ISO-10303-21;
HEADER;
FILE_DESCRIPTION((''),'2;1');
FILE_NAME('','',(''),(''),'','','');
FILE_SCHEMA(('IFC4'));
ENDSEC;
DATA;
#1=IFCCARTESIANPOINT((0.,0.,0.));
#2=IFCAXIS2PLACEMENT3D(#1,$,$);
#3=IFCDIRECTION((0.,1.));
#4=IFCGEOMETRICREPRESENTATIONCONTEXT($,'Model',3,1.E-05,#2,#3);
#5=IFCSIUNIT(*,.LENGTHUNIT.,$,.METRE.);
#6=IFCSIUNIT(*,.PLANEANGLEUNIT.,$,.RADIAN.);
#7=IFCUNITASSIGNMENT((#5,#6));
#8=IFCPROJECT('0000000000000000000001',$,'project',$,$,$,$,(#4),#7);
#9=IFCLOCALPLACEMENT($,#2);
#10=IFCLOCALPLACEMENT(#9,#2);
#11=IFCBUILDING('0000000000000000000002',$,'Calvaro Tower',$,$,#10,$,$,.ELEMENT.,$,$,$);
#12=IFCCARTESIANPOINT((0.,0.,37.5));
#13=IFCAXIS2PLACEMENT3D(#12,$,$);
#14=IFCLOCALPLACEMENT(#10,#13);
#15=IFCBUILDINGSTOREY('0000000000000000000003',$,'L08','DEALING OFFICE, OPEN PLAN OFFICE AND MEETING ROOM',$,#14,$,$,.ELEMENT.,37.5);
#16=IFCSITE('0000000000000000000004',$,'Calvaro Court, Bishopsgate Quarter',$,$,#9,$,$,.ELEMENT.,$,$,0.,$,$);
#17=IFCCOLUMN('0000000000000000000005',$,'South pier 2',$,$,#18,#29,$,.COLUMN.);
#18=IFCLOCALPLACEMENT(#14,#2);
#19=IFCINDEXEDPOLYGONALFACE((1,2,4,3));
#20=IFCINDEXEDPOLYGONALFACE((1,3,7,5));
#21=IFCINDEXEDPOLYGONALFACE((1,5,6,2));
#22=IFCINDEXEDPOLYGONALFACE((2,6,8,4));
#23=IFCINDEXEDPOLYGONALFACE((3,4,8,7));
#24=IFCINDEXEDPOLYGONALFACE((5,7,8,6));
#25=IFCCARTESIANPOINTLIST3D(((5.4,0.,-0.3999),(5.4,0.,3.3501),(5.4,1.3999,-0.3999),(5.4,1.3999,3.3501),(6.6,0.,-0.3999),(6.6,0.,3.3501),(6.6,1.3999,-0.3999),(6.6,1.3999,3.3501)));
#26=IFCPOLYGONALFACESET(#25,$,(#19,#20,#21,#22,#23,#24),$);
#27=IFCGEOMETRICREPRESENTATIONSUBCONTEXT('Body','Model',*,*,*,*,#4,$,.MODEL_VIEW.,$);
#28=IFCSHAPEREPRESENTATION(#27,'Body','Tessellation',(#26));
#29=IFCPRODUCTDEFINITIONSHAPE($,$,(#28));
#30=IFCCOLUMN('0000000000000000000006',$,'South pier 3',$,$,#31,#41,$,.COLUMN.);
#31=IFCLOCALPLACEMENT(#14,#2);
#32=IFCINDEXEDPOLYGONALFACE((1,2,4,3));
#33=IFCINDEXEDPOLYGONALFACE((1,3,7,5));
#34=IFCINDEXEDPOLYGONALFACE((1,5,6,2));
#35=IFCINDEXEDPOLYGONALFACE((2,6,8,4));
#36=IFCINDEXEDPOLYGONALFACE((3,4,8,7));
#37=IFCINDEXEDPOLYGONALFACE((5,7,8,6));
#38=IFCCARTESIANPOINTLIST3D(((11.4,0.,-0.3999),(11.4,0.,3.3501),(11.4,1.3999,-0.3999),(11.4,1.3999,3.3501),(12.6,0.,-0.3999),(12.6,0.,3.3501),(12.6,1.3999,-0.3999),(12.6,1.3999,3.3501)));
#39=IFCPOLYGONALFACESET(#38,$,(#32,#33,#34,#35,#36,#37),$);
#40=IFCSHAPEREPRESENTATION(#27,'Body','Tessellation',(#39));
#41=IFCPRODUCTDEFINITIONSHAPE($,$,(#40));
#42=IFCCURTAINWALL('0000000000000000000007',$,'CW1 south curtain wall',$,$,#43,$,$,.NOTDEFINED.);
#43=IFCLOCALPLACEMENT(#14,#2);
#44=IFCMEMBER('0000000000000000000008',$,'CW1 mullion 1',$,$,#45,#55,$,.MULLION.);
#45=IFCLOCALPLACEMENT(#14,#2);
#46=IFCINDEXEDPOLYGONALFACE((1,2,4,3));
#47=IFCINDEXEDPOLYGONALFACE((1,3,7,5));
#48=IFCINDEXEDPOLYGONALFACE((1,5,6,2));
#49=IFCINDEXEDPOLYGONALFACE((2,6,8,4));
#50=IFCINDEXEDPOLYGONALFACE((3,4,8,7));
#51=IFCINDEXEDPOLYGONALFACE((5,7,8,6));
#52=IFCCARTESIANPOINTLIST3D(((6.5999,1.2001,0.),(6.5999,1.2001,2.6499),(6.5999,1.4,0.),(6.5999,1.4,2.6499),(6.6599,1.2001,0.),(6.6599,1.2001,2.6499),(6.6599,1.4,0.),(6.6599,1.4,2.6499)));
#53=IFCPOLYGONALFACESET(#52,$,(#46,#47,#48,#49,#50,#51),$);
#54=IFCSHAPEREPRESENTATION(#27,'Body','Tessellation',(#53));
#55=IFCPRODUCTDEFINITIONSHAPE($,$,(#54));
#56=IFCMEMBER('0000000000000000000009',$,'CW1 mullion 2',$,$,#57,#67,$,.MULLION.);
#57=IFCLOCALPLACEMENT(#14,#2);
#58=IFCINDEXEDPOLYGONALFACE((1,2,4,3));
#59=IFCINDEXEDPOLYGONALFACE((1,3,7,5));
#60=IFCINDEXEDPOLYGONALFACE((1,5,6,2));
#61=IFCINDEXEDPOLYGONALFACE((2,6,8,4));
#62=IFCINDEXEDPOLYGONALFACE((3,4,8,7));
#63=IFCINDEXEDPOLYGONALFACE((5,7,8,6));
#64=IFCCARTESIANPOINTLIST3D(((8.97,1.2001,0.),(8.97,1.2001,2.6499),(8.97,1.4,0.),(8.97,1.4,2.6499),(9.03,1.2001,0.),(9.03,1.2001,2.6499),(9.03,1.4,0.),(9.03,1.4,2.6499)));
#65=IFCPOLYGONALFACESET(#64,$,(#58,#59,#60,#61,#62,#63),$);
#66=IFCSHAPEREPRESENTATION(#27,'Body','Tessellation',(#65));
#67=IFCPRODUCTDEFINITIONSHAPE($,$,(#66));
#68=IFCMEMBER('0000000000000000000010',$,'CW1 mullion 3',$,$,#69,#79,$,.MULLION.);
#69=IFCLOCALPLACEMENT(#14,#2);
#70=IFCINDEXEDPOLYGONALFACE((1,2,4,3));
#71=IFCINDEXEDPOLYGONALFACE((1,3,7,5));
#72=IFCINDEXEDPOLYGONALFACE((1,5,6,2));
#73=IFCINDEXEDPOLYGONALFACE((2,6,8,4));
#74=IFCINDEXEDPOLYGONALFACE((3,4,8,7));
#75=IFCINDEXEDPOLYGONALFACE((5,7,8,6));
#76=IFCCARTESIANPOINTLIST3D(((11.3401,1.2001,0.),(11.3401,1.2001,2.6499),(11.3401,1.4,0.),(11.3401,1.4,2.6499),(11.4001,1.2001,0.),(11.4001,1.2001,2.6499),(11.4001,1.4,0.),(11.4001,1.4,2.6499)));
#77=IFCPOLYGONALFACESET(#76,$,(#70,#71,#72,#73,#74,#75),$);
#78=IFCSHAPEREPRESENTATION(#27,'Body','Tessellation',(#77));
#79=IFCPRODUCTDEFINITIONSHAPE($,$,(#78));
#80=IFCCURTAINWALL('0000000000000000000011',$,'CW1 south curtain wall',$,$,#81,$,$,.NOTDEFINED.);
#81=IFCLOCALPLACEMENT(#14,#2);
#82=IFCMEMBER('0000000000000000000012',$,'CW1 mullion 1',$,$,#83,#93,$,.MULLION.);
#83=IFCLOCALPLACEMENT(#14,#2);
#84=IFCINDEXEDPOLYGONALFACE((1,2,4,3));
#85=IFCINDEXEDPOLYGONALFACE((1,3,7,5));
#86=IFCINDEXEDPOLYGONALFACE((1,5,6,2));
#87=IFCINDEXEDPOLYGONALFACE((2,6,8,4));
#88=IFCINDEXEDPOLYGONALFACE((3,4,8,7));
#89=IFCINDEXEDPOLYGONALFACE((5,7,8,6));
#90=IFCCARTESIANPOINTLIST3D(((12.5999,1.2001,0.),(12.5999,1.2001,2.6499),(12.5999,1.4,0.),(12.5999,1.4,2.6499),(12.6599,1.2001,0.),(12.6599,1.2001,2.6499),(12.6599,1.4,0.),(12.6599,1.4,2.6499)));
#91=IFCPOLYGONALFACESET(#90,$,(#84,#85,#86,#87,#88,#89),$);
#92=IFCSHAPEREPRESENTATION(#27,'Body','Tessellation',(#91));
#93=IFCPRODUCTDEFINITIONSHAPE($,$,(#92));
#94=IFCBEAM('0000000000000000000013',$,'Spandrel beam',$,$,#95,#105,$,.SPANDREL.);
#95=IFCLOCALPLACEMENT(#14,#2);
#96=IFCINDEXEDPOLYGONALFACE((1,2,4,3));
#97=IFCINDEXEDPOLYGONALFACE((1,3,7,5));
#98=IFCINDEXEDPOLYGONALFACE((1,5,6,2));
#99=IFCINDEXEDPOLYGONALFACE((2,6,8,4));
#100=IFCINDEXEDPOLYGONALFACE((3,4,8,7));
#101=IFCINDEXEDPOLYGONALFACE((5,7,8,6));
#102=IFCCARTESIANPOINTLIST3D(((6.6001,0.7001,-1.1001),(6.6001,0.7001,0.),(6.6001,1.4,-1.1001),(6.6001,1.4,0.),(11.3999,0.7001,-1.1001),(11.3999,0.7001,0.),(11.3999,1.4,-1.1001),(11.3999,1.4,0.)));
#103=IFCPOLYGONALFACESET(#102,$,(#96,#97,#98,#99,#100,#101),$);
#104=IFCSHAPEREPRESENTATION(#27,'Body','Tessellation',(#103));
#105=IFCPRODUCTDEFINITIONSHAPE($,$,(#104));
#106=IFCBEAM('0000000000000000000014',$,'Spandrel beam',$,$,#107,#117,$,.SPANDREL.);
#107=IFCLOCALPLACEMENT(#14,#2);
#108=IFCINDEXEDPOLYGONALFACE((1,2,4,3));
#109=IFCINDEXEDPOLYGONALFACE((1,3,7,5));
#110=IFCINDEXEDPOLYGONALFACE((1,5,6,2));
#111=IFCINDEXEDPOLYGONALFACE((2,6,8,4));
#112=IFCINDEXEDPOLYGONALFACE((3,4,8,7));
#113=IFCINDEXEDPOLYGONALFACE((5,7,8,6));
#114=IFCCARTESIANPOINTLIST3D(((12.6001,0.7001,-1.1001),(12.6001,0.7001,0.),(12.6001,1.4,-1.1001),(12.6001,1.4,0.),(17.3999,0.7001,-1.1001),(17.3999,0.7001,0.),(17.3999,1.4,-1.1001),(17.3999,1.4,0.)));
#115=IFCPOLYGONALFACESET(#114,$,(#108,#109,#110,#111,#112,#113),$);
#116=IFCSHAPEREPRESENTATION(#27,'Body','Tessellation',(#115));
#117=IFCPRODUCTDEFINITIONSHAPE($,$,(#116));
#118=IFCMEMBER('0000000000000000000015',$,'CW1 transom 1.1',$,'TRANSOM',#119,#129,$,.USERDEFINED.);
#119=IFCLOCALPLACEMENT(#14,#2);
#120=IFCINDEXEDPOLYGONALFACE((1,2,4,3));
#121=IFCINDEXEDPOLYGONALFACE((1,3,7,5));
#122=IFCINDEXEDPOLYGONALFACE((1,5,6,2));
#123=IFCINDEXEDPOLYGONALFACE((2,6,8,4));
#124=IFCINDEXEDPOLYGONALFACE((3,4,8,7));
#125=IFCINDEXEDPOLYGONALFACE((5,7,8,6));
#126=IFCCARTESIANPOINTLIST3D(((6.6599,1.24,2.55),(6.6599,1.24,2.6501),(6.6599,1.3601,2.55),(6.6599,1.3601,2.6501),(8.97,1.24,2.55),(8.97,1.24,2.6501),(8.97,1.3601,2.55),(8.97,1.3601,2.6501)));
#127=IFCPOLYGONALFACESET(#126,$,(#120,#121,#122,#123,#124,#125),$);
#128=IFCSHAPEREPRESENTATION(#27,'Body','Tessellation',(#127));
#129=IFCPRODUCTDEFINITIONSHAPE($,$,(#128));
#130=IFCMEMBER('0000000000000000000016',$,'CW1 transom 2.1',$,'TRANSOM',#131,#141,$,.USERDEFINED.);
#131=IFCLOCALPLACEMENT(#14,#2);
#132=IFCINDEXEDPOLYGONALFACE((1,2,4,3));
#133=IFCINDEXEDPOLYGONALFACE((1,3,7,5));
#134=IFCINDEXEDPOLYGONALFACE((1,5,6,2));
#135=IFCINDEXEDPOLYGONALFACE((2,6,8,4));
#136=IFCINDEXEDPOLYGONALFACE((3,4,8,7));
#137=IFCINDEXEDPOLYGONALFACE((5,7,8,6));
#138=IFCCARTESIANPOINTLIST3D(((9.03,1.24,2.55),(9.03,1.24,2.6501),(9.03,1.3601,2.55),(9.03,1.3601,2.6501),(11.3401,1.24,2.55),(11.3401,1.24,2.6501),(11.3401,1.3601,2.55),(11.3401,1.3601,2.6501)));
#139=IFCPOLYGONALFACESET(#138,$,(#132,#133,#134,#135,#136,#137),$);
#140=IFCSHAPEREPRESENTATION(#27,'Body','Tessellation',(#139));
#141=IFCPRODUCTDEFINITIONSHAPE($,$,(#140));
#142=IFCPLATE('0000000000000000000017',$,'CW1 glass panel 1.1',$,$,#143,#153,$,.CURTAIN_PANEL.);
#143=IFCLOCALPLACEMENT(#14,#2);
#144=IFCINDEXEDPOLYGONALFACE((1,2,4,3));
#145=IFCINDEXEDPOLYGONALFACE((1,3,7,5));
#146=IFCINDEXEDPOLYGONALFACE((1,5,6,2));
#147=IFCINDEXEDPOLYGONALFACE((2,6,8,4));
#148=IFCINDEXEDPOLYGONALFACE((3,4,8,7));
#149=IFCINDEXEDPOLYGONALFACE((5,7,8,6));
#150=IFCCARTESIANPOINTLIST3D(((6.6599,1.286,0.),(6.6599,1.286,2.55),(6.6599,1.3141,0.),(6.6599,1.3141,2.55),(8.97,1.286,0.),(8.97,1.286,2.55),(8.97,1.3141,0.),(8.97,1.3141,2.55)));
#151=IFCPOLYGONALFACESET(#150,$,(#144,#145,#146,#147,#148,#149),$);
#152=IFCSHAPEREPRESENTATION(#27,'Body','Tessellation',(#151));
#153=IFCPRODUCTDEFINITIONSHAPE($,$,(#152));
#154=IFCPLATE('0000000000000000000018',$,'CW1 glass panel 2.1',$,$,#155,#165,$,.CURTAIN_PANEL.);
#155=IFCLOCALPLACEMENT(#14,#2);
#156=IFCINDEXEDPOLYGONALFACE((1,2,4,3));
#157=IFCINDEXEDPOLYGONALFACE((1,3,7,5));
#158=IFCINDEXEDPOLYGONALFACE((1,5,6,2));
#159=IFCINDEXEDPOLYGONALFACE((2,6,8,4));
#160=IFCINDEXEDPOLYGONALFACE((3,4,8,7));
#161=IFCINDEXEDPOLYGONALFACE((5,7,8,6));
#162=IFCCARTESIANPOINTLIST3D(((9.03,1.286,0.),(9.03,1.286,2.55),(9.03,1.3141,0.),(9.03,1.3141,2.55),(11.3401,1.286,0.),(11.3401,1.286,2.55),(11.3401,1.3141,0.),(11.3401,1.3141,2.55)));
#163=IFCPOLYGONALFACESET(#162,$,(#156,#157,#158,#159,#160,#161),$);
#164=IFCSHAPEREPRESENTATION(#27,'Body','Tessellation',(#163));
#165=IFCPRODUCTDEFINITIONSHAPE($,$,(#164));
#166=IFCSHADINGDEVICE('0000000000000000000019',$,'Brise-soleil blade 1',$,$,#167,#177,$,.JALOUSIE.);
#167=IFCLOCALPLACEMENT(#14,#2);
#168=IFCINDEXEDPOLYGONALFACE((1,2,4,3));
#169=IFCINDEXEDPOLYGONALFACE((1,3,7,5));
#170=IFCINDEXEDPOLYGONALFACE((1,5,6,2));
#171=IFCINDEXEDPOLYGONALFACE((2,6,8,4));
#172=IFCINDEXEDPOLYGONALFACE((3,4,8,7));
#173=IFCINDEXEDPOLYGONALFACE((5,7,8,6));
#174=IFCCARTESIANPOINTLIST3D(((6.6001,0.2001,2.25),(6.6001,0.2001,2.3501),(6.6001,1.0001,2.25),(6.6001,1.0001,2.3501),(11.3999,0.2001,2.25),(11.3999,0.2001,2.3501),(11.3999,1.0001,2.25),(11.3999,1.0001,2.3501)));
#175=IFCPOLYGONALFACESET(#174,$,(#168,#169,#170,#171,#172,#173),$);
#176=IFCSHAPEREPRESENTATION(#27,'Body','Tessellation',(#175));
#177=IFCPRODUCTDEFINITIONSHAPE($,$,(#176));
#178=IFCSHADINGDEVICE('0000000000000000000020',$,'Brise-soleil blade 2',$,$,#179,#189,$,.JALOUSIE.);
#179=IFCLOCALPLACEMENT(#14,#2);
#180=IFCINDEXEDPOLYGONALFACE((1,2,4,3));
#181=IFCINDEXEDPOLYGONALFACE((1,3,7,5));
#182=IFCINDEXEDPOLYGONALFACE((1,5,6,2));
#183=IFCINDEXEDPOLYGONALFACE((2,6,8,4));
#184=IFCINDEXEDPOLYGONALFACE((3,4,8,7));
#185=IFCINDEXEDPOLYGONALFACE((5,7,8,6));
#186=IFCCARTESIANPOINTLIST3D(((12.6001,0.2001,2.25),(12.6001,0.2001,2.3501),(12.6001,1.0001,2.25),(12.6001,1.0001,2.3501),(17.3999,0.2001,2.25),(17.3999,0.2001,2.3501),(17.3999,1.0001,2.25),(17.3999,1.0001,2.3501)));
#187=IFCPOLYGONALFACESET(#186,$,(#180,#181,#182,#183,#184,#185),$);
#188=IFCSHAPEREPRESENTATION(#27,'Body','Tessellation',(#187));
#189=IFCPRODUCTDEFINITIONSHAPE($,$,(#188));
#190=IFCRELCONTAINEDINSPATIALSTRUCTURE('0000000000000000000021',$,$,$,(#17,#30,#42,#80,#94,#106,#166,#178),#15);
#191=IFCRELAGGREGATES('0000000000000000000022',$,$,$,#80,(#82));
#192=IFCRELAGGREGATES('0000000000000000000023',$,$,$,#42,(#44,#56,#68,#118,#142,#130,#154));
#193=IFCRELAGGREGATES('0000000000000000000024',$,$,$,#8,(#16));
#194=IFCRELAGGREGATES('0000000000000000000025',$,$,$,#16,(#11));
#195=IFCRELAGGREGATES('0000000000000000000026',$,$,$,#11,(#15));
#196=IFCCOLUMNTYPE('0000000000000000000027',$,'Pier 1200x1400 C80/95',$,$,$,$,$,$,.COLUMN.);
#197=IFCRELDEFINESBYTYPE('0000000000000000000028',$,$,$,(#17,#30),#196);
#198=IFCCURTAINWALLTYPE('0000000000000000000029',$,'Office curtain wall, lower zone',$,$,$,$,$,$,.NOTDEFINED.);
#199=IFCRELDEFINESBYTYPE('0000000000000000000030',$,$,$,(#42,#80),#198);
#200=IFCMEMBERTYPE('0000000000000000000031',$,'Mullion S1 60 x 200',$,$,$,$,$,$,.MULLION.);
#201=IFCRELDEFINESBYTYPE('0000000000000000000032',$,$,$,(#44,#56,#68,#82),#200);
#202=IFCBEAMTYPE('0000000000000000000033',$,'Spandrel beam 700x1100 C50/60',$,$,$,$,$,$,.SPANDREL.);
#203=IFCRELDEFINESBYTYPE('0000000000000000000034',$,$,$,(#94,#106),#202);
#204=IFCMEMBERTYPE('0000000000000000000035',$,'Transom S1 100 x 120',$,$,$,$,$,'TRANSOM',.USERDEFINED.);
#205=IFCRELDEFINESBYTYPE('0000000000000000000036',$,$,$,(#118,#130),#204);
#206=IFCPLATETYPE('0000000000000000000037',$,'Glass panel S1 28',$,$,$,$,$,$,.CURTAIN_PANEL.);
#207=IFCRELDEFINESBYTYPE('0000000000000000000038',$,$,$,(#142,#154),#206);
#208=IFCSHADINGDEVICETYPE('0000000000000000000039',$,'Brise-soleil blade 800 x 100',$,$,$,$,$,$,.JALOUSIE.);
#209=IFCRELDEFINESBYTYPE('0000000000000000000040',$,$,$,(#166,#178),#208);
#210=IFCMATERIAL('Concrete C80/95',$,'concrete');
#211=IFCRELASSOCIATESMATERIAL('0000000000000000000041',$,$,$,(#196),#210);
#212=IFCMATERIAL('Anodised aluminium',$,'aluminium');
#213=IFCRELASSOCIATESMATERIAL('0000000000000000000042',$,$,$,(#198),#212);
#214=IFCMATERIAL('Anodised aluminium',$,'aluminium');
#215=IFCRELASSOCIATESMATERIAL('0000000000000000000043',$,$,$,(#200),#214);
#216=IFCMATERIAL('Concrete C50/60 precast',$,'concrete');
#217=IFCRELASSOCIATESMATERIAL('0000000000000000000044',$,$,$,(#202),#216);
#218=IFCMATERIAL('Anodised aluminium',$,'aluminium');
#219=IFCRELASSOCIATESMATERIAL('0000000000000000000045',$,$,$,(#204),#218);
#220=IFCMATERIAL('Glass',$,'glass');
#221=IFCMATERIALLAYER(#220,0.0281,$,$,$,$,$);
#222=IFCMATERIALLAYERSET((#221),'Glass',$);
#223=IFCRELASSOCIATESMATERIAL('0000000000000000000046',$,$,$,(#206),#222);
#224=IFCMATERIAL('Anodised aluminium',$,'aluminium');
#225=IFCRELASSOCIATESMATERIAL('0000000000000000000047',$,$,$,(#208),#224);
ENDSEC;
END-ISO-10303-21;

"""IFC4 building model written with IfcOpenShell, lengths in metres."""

from ifc_helpers import new_model, si_unit, direction, frame, origin, origin_2d, place, context, subcontext, project, spatial, rectangle, extrude, material, layer, layer_set, material_profile, profile_set, type_object, element, aggregate, save


model = new_model("IFC4")

# Units and contexts
model_context = context("Model", 3, precision=1e-05, world=origin(), true_north=direction((0.0, 1.0)))
body_context = subcontext(model_context, "Body", "Model", "MODEL_VIEW")
ifc_project = project(units=[si_unit("LENGTHUNIT", "METRE"), si_unit("PLANEANGLEUNIT", "RADIAN")], contexts=[model_context])

# Site, building, storey
site_placement = place(None, origin())
site = spatial("IfcSite", under=ifc_project, at=site_placement, Name="Calvaro Court, Bishopsgate Quarter", CompositionType="ELEMENT", RefElevation=0.0)
building_placement = place(site_placement, origin())
building = spatial("IfcBuilding", under=site, at=building_placement, Name="Calvaro Tower", CompositionType="ELEMENT")
storey_placement = place(building_placement, frame((0.0, 0.0, 37.5)))
storey = spatial("IfcBuildingStorey", under=building, at=storey_placement, Name="L08", Description="DEALING OFFICE, OPEN PLAN OFFICE AND MEETING ROOM", CompositionType="ELEMENT", Elevation=37.5)

# Columns
ifc_material_1 = material(Name="Concrete C80/95", Category="concrete")
ifc_material_profile_1 = material_profile(ifc_material_1, rectangle(XDim=1.2, YDim=1.3999, at=origin_2d()), Name="RC 1200x1400")
ifc_profile_set_1 = profile_set([ifc_material_profile_1], Name="Concrete C80/95")
column_type = type_object("IfcColumnType", Name="Pier 1200x1400 C80/95", PredefinedType="COLUMN", material=ifc_profile_set_1)
for number, where, z_axis, x_axis, name in (
    (1, (6.0, 0.7, -0.3999), (0.0, 0.0, 1.0), (1.0, 0.0, 0.0), "South pier 2"),
    (2, (12.0, 0.7, -0.3999), (0.0, 0.0, 1.0), (1.0, 0.0, 0.0), "South pier 3"),
):
    element("IfcColumn", number, at=place(storey_placement, frame(where, z_axis=z_axis, x_axis=x_axis)), inside=storey, type_object=column_type, Name=name, PredefinedType="COLUMN", context=body_context, shape_type="SweptSolid", body=[
        extrude(rectangle(XDim=1.2, YDim=1.3999, at=origin_2d()), origin(), (0.0, 0.0, 1.0), 3.75),
    ])

# Curtain wall, members
ifc_material_2 = material(Name="Anodised aluminium", Category="aluminium")
curtain_wall_type = type_object("IfcCurtainWallType", Name="Office curtain wall, lower zone", PredefinedType="NOTDEFINED", material=ifc_material_2)
curtain_wall_1_placement = place(storey_placement, origin())
curtain_wall_1 = element("IfcCurtainWall", 3, at=curtain_wall_1_placement, inside=storey, type_object=curtain_wall_type, Name="CW1 south curtain wall", PredefinedType="NOTDEFINED")
ifc_material_3 = material(Name="Anodised aluminium", Category="aluminium")
ifc_material_profile_2 = material_profile(ifc_material_3, rectangle(XDim=0.2, YDim=0.0601, at=origin_2d()), Name="Mullion S1 60 x 200")
ifc_profile_set_2 = profile_set([ifc_material_profile_2], Name="Anodised aluminium")
member_type_1 = type_object("IfcMemberType", Name="Mullion S1 60 x 200", PredefinedType="MULLION", material=ifc_profile_set_2)
member_1_placement = place(storey_placement, frame((6.6299, 1.3, 0.0), z_axis=(0.0, 0.0, 1.0), x_axis=(0.0, 1.0, 0.0)))
member_1 = element("IfcMember", 4, at=member_1_placement, type_object=member_type_1, Name="CW1 mullion 1", PredefinedType="MULLION", context=body_context, shape_type="SweptSolid", body=[
    extrude(rectangle(XDim=0.2, YDim=0.0601, at=origin_2d()), origin(), (0.0, 0.0, 1.0), 2.6499),
])
member_2_placement = place(storey_placement, frame((9.0, 1.3, 0.0), z_axis=(0.0, 0.0, 1.0), x_axis=(0.0, 1.0, 0.0)))
member_2 = element("IfcMember", 5, at=member_2_placement, type_object=member_type_1, Name="CW1 mullion 2", PredefinedType="MULLION", context=body_context, shape_type="SweptSolid", body=[
    extrude(rectangle(XDim=0.2, YDim=0.0601, at=origin_2d()), origin(), (0.0, 0.0, 1.0), 2.6499),
])
member_3_placement = place(storey_placement, frame((11.3701, 1.3, 0.0), z_axis=(0.0, 0.0, 1.0), x_axis=(0.0, 1.0, 0.0)))
member_3 = element("IfcMember", 6, at=member_3_placement, type_object=member_type_1, Name="CW1 mullion 3", PredefinedType="MULLION", context=body_context, shape_type="SweptSolid", body=[
    extrude(rectangle(XDim=0.2, YDim=0.0601, at=origin_2d()), origin(), (0.0, 0.0, 1.0), 2.6499),
])

# Curtain wall, member
curtain_wall_2_placement = place(storey_placement, origin())
curtain_wall_2 = element("IfcCurtainWall", 7, at=curtain_wall_2_placement, inside=storey, type_object=curtain_wall_type, Name="CW1 south curtain wall", PredefinedType="NOTDEFINED")
member_4_placement = place(storey_placement, frame((12.6299, 1.3, 0.0), z_axis=(0.0, 0.0, 1.0), x_axis=(0.0, 1.0, 0.0)))
member_4 = element("IfcMember", 8, at=member_4_placement, type_object=member_type_1, Name="CW1 mullion 1", PredefinedType="MULLION", context=body_context, shape_type="SweptSolid", body=[
    extrude(rectangle(XDim=0.2, YDim=0.0601, at=origin_2d()), origin(), (0.0, 0.0, 1.0), 2.6499),
])
aggregate(curtain_wall_2, [member_4])

# Beams
ifc_material_4 = material(Name="Concrete C50/60 precast", Category="concrete")
ifc_material_profile_3 = material_profile(ifc_material_4, rectangle(XDim=0.7, YDim=1.1001, at=origin_2d()), Name="RC 700x1100")
ifc_profile_set_3 = profile_set([ifc_material_profile_3], Name="Concrete C50/60 precast")
beam_type = type_object("IfcBeamType", Name="Spandrel beam 700x1100 C50/60", PredefinedType="SPANDREL", material=ifc_profile_set_3)
for number, where, z_axis, x_axis, name in (
    (9, (6.6001, 1.05, -0.55), (1.0, 0.0, 0.0), (0.0, 1.0, 0.0), "Spandrel beam"),
    (10, (12.6001, 1.05, -0.55), (1.0, 0.0, 0.0), (0.0, 1.0, 0.0), "Spandrel beam"),
):
    element("IfcBeam", number, at=place(storey_placement, frame(where, z_axis=z_axis, x_axis=x_axis)), inside=storey, type_object=beam_type, Name=name, PredefinedType="SPANDREL", context=body_context, shape_type="SweptSolid", body=[
        extrude(rectangle(XDim=0.7, YDim=1.1001, at=origin_2d()), origin(), (0.0, 0.0, 1.0), 4.7998),
    ])

# Members
ifc_material_5 = material(Name="Anodised aluminium", Category="aluminium")
ifc_material_profile_4 = material_profile(ifc_material_5, rectangle(XDim=0.1201, YDim=0.1001, at=origin_2d()), Name="Transom S1 100 x 120")
ifc_profile_set_4 = profile_set([ifc_material_profile_4], Name="Anodised aluminium")
member_type_2 = type_object("IfcMemberType", Name="Transom S1 100 x 120", ElementType="TRANSOM", PredefinedType="USERDEFINED", material=ifc_profile_set_4)
member_5_placement = place(storey_placement, frame((6.6599, 1.3, 2.6001), z_axis=(1.0, 0.0, 0.0), x_axis=(0.0, 1.0, 0.0)))
member_5 = element("IfcMember", 11, at=member_5_placement, type_object=member_type_2, Name="CW1 transom 1.1", ObjectType="TRANSOM", PredefinedType="USERDEFINED", context=body_context, shape_type="SweptSolid", body=[
    extrude(rectangle(XDim=0.1201, YDim=0.1001, at=origin_2d()), origin(), (0.0, 0.0, 1.0), 2.3101),
])
member_6_placement = place(storey_placement, frame((9.03, 1.3, 2.6001), z_axis=(1.0, 0.0, 0.0), x_axis=(0.0, 1.0, 0.0)))
member_6 = element("IfcMember", 12, at=member_6_placement, type_object=member_type_2, Name="CW1 transom 2.1", ObjectType="TRANSOM", PredefinedType="USERDEFINED", context=body_context, shape_type="SweptSolid", body=[
    extrude(rectangle(XDim=0.1201, YDim=0.1001, at=origin_2d()), origin(), (0.0, 0.0, 1.0), 2.3101),
])

# Plates
ifc_material_6 = material(Name="Glass", Category="glass")
ifc_layer_1 = layer(ifc_material_6, 0.0281)
ifc_layer_set_1 = layer_set([ifc_layer_1], Name="Glass")
plate_type = type_object("IfcPlateType", Name="Glass panel S1 28", PredefinedType="CURTAIN_PANEL", material=ifc_layer_set_1)
plate_1_placement = place(storey_placement, frame((7.8149, 1.3, 0.0), z_axis=(0.0, 0.0, 1.0), x_axis=(1.0, 0.0, 0.0)))
plate_1 = element("IfcPlate", 13, at=plate_1_placement, type_object=plate_type, Name="CW1 glass panel 1.1", PredefinedType="CURTAIN_PANEL", context=body_context, shape_type="SweptSolid", body=[
    extrude(rectangle(XDim=2.3101, YDim=0.0281, at=origin_2d()), origin(), (0.0, 0.0, 1.0), 2.55),
])
plate_2_placement = place(storey_placement, frame((10.1851, 1.3, 0.0), z_axis=(0.0, 0.0, 1.0), x_axis=(1.0, 0.0, 0.0)))
plate_2 = element("IfcPlate", 14, at=plate_2_placement, type_object=plate_type, Name="CW1 glass panel 2.1", PredefinedType="CURTAIN_PANEL", context=body_context, shape_type="SweptSolid", body=[
    extrude(rectangle(XDim=2.3101, YDim=0.0281, at=origin_2d()), origin(), (0.0, 0.0, 1.0), 2.55),
])
aggregate(curtain_wall_1, [member_1, member_2, member_3, member_5, plate_1, member_6, plate_2])

# Shading devices
ifc_material_7 = material(Name="Anodised aluminium", Category="aluminium")
ifc_material_profile_5 = material_profile(ifc_material_7, rectangle(XDim=0.8, YDim=0.1001, at=origin_2d()), Name="Brise-soleil blade 800 x 100")
ifc_profile_set_5 = profile_set([ifc_material_profile_5], Name="Anodised aluminium")
shading_device_type = type_object("IfcShadingDeviceType", Name="Brise-soleil blade 800 x 100", PredefinedType="JALOUSIE", material=ifc_profile_set_5)
for number, where, z_axis, x_axis, name in (
    (15, (6.6001, 0.6001, 2.3), (1.0, 0.0, 0.0), (0.0, 1.0, 0.0), "Brise-soleil blade 1"),
    (16, (12.6001, 0.6001, 2.3), (1.0, 0.0, 0.0), (0.0, 1.0, 0.0), "Brise-soleil blade 2"),
):
    element("IfcShadingDevice", number, at=place(storey_placement, frame(where, z_axis=z_axis, x_axis=x_axis)), inside=storey, type_object=shading_device_type, Name=name, PredefinedType="JALOUSIE", context=body_context, shape_type="SweptSolid", body=[
        extrude(rectangle(XDim=0.8, YDim=0.1001, at=origin_2d()), origin(), (0.0, 0.0, 1.0), 4.7998),
    ])

save(model, "model.ifc")
